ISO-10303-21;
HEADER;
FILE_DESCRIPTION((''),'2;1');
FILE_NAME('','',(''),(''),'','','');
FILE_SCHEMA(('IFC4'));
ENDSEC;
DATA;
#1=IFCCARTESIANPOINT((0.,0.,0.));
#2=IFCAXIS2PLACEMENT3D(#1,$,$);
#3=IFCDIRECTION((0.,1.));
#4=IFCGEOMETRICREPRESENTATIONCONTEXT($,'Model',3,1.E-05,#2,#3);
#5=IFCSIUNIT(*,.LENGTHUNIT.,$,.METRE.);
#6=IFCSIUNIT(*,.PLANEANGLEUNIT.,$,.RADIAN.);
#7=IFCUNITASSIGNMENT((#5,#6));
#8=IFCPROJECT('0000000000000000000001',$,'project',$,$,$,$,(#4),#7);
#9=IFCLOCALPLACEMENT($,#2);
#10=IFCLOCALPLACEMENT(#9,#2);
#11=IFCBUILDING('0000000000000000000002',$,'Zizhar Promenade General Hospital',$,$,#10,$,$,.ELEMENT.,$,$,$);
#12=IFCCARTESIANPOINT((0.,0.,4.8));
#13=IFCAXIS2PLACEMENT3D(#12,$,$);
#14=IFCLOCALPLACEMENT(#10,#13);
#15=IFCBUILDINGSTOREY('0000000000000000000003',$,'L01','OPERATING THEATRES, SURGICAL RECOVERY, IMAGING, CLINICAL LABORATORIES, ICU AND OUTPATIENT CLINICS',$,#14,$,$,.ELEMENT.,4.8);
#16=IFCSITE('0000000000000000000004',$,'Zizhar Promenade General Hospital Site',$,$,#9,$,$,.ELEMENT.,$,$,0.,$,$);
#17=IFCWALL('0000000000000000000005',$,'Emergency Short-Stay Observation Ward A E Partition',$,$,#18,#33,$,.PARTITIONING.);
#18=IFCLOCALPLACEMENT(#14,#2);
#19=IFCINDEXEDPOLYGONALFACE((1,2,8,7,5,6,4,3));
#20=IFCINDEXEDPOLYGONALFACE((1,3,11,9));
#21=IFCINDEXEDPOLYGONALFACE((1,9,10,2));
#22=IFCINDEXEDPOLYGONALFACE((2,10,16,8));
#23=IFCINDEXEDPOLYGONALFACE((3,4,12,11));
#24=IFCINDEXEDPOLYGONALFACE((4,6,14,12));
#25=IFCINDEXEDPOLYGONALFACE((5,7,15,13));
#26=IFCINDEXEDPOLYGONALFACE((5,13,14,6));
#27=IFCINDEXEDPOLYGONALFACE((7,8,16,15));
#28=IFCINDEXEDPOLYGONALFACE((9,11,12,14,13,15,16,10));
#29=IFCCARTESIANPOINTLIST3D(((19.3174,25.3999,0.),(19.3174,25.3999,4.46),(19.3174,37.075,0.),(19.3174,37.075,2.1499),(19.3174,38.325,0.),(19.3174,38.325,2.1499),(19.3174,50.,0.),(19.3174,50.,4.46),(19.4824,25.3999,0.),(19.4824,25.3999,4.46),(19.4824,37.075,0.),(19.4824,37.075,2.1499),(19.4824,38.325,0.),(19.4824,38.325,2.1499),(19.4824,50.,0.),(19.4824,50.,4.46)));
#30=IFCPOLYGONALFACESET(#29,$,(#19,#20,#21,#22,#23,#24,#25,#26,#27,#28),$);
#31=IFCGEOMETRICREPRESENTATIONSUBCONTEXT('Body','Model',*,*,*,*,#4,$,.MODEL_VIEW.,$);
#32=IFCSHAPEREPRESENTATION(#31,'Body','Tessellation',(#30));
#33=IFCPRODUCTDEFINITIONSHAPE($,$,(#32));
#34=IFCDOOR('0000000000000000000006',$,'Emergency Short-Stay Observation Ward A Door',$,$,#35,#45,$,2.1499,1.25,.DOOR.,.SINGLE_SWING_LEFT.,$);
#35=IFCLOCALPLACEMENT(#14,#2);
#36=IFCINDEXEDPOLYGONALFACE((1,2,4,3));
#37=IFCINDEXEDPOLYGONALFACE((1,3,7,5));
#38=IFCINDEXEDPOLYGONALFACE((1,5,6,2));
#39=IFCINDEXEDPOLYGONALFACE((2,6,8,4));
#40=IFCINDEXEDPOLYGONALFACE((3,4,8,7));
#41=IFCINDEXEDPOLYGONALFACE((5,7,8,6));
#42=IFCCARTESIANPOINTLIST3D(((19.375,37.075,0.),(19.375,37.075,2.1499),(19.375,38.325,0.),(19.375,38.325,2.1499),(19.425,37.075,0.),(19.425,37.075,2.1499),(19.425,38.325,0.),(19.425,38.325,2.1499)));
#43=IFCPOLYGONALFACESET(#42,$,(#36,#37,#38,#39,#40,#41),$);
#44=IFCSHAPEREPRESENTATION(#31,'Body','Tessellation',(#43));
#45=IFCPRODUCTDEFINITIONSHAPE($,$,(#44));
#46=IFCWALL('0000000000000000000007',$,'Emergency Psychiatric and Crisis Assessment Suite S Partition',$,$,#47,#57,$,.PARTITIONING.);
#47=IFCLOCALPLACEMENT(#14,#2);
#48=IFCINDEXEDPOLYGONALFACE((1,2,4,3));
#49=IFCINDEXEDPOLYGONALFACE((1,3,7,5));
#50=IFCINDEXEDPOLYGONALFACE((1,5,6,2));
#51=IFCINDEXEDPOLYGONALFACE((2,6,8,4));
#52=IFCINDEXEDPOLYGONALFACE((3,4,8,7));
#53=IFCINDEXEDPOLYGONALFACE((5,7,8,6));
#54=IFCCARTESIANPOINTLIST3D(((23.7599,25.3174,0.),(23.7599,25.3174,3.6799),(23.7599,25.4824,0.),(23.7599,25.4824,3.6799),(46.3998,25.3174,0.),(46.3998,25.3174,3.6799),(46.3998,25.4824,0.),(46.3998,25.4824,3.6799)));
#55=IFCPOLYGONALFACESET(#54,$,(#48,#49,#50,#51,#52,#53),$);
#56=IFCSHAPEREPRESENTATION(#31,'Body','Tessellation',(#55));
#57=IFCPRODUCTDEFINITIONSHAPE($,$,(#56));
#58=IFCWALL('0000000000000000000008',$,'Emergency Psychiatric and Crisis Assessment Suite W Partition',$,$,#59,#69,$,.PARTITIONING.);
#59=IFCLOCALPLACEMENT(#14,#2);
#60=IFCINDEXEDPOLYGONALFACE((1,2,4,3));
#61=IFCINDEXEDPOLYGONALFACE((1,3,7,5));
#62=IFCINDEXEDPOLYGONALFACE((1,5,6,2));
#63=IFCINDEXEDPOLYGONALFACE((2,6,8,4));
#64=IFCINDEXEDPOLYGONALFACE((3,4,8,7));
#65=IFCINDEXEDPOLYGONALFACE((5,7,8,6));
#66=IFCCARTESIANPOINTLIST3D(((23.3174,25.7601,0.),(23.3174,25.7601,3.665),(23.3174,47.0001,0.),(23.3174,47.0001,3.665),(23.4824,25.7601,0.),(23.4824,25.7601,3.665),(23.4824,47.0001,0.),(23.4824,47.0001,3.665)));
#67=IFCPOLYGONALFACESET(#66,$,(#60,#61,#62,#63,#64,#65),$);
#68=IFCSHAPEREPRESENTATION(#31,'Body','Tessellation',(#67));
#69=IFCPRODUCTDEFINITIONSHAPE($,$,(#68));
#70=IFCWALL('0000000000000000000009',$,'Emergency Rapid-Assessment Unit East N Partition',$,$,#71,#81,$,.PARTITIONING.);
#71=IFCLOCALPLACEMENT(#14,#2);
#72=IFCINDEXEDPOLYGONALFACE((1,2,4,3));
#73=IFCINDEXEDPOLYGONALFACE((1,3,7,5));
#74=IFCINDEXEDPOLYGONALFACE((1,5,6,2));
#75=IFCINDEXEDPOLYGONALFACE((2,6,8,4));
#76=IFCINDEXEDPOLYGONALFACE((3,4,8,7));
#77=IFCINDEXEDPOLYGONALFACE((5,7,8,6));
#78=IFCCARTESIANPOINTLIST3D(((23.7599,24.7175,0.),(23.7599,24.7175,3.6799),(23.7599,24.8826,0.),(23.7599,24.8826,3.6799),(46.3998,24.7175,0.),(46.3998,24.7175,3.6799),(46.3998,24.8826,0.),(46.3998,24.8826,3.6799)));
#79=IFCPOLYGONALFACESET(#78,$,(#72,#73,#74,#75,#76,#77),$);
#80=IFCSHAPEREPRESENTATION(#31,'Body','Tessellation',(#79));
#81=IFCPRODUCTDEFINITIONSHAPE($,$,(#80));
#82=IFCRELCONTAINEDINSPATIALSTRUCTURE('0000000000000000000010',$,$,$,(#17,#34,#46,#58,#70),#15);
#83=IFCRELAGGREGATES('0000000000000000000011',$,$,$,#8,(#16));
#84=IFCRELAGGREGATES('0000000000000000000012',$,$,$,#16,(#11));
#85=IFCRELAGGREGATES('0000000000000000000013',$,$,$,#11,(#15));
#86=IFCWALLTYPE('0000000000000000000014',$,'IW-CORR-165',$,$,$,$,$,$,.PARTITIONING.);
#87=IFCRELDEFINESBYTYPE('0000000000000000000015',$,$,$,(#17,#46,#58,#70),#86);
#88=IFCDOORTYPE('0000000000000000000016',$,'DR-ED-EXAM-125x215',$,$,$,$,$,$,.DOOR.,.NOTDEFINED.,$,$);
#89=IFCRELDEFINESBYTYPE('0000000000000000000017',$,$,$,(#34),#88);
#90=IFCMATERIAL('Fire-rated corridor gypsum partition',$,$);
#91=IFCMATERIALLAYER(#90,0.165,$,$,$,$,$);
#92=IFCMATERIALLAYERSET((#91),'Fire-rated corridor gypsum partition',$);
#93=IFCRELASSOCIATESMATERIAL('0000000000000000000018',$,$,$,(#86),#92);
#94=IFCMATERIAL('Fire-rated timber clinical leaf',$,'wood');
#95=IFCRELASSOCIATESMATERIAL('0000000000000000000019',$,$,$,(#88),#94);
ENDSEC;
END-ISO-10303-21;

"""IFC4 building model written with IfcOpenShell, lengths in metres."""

from ifc_helpers import new_model, si_unit, direction, frame, frame_2d, origin, place, context, subcontext, project, spatial, rectangle, extrude, material, layer, layer_set, type_object, element, fill, save


model = new_model("IFC4")

# Units and contexts
model_context = context("Model", 3, precision=1e-05, world=origin(), true_north=direction((0.0, 1.0)))
body_context = subcontext(model_context, "Body", "Model", "MODEL_VIEW")
ifc_project = project(units=[si_unit("LENGTHUNIT", "METRE"), si_unit("PLANEANGLEUNIT", "RADIAN")], contexts=[model_context])

# Site, building, storey
site_placement = place(None, origin())
site = spatial("IfcSite", under=ifc_project, at=site_placement, Name="Zizhar Promenade General Hospital Site", CompositionType="ELEMENT", RefElevation=0.0)
building_placement = place(site_placement, origin())
building = spatial("IfcBuilding", under=site, at=building_placement, Name="Zizhar Promenade General Hospital", CompositionType="ELEMENT")
storey_placement = place(building_placement, frame((0.0, 0.0, 4.8)))
storey = spatial("IfcBuildingStorey", under=building, at=storey_placement, Name="L01", Description="OPERATING THEATRES, SURGICAL RECOVERY, IMAGING, CLINICAL LABORATORIES, ICU AND OUTPATIENT CLINICS", CompositionType="ELEMENT", Elevation=4.8)

# Wall, opening, door
ifc_material_1 = material(Name="Fire-rated corridor gypsum partition")
ifc_layer = layer(ifc_material_1, 0.165)
ifc_layer_set = layer_set([ifc_layer], Name="Fire-rated corridor gypsum partition")
wall_type = type_object("IfcWallType", Name="IW-CORR-165", PredefinedType="PARTITIONING", material=ifc_layer_set)
wall_1_placement = place(storey_placement, frame((19.3999, 25.3999, 0.0), z_axis=(0.0, 0.0, 1.0), x_axis=(0.0, 1.0, 0.0)))
wall_1 = element("IfcWall", 1, at=wall_1_placement, inside=storey, type_object=wall_type, Name="Emergency Short-Stay Observation Ward A E Partition", PredefinedType="PARTITIONING", context=body_context, shape_type="SweptSolid", body=[
    extrude(rectangle(XDim=24.6001, YDim=0.165, at=frame_2d((12.3, 0.0))), origin(), (0.0, 0.0, 1.0), 4.46),
])
opening_placement = place(wall_1_placement, frame((11.675, 0.0, 0.0)))
opening = element("IfcOpeningElement", 2, at=opening_placement, cuts=wall_1, PredefinedType="OPENING", context=body_context, shape_type="SweptSolid", body=[
    extrude(rectangle(XDim=1.25, YDim=2.1499, at=frame_2d((0.625, 1.075))), frame((0.0, 0.0925, 0.0), z_axis=(0.0, -1.0, 0.0), x_axis=(1.0, 0.0, 0.0)), (0.0, 0.0, 1.0), 0.1851),
])
ifc_material_2 = material(Name="Fire-rated timber clinical leaf", Category="wood")
door_type = type_object("IfcDoorType", Name="DR-ED-EXAM-125x215", OperationType="NOTDEFINED", PredefinedType="DOOR", material=ifc_material_2)
door_placement = place(opening_placement, origin())
door = element("IfcDoor", 3, at=door_placement, inside=storey, type_object=door_type, Name="Emergency Short-Stay Observation Ward A Door", OperationType="SINGLE_SWING_LEFT", OverallHeight=2.1499, OverallWidth=1.25, PredefinedType="DOOR", context=body_context, shape_type="SweptSolid", body=[
    extrude(rectangle(XDim=1.25, YDim=2.1499, at=frame_2d((0.625, 1.075))), frame((0.0, 0.0249, 0.0), z_axis=(0.0, -1.0, 0.0), x_axis=(1.0, 0.0, 0.0)), (0.0, 0.0, 1.0), 0.05),
])
fill(opening, door)

# Walls
wall_2_placement = place(storey_placement, frame((23.76, 25.3999, 0.0), z_axis=(0.0, 0.0, 1.0), x_axis=(1.0, 0.0, 0.0)))
element("IfcWall", 4, at=wall_2_placement, inside=storey, type_object=wall_type, Name="Emergency Psychiatric and Crisis Assessment Suite S Partition", PredefinedType="PARTITIONING", context=body_context, shape_type="SweptSolid", body=[
    extrude(rectangle(XDim=22.6399, YDim=0.165, at=frame_2d((11.3198, 0.0))), origin(), (0.0, 0.0, 1.0), 3.6799),
])
wall_3_placement = place(storey_placement, frame((23.3999, 25.76, 0.0), z_axis=(0.0, 0.0, 1.0), x_axis=(0.0, 1.0, 0.0)))
element("IfcWall", 5, at=wall_3_placement, inside=storey, type_object=wall_type, Name="Emergency Psychiatric and Crisis Assessment Suite W Partition", PredefinedType="PARTITIONING", context=body_context, shape_type="SweptSolid", body=[
    extrude(rectangle(XDim=21.24, YDim=0.165, at=frame_2d((10.6201, 0.0))), origin(), (0.0, 0.0, 1.0), 3.665),
])
wall_4_placement = place(storey_placement, frame((23.76, 24.8, 0.0), z_axis=(0.0, 0.0, 1.0), x_axis=(1.0, 0.0, 0.0)))
element("IfcWall", 6, at=wall_4_placement, inside=storey, type_object=wall_type, Name="Emergency Rapid-Assessment Unit East N Partition", PredefinedType="PARTITIONING", context=body_context, shape_type="SweptSolid", body=[
    extrude(rectangle(XDim=22.6399, YDim=0.165, at=frame_2d((11.3198, 0.0))), origin(), (0.0, 0.0, 1.0), 3.6799),
])

save(model, "model.ifc")
